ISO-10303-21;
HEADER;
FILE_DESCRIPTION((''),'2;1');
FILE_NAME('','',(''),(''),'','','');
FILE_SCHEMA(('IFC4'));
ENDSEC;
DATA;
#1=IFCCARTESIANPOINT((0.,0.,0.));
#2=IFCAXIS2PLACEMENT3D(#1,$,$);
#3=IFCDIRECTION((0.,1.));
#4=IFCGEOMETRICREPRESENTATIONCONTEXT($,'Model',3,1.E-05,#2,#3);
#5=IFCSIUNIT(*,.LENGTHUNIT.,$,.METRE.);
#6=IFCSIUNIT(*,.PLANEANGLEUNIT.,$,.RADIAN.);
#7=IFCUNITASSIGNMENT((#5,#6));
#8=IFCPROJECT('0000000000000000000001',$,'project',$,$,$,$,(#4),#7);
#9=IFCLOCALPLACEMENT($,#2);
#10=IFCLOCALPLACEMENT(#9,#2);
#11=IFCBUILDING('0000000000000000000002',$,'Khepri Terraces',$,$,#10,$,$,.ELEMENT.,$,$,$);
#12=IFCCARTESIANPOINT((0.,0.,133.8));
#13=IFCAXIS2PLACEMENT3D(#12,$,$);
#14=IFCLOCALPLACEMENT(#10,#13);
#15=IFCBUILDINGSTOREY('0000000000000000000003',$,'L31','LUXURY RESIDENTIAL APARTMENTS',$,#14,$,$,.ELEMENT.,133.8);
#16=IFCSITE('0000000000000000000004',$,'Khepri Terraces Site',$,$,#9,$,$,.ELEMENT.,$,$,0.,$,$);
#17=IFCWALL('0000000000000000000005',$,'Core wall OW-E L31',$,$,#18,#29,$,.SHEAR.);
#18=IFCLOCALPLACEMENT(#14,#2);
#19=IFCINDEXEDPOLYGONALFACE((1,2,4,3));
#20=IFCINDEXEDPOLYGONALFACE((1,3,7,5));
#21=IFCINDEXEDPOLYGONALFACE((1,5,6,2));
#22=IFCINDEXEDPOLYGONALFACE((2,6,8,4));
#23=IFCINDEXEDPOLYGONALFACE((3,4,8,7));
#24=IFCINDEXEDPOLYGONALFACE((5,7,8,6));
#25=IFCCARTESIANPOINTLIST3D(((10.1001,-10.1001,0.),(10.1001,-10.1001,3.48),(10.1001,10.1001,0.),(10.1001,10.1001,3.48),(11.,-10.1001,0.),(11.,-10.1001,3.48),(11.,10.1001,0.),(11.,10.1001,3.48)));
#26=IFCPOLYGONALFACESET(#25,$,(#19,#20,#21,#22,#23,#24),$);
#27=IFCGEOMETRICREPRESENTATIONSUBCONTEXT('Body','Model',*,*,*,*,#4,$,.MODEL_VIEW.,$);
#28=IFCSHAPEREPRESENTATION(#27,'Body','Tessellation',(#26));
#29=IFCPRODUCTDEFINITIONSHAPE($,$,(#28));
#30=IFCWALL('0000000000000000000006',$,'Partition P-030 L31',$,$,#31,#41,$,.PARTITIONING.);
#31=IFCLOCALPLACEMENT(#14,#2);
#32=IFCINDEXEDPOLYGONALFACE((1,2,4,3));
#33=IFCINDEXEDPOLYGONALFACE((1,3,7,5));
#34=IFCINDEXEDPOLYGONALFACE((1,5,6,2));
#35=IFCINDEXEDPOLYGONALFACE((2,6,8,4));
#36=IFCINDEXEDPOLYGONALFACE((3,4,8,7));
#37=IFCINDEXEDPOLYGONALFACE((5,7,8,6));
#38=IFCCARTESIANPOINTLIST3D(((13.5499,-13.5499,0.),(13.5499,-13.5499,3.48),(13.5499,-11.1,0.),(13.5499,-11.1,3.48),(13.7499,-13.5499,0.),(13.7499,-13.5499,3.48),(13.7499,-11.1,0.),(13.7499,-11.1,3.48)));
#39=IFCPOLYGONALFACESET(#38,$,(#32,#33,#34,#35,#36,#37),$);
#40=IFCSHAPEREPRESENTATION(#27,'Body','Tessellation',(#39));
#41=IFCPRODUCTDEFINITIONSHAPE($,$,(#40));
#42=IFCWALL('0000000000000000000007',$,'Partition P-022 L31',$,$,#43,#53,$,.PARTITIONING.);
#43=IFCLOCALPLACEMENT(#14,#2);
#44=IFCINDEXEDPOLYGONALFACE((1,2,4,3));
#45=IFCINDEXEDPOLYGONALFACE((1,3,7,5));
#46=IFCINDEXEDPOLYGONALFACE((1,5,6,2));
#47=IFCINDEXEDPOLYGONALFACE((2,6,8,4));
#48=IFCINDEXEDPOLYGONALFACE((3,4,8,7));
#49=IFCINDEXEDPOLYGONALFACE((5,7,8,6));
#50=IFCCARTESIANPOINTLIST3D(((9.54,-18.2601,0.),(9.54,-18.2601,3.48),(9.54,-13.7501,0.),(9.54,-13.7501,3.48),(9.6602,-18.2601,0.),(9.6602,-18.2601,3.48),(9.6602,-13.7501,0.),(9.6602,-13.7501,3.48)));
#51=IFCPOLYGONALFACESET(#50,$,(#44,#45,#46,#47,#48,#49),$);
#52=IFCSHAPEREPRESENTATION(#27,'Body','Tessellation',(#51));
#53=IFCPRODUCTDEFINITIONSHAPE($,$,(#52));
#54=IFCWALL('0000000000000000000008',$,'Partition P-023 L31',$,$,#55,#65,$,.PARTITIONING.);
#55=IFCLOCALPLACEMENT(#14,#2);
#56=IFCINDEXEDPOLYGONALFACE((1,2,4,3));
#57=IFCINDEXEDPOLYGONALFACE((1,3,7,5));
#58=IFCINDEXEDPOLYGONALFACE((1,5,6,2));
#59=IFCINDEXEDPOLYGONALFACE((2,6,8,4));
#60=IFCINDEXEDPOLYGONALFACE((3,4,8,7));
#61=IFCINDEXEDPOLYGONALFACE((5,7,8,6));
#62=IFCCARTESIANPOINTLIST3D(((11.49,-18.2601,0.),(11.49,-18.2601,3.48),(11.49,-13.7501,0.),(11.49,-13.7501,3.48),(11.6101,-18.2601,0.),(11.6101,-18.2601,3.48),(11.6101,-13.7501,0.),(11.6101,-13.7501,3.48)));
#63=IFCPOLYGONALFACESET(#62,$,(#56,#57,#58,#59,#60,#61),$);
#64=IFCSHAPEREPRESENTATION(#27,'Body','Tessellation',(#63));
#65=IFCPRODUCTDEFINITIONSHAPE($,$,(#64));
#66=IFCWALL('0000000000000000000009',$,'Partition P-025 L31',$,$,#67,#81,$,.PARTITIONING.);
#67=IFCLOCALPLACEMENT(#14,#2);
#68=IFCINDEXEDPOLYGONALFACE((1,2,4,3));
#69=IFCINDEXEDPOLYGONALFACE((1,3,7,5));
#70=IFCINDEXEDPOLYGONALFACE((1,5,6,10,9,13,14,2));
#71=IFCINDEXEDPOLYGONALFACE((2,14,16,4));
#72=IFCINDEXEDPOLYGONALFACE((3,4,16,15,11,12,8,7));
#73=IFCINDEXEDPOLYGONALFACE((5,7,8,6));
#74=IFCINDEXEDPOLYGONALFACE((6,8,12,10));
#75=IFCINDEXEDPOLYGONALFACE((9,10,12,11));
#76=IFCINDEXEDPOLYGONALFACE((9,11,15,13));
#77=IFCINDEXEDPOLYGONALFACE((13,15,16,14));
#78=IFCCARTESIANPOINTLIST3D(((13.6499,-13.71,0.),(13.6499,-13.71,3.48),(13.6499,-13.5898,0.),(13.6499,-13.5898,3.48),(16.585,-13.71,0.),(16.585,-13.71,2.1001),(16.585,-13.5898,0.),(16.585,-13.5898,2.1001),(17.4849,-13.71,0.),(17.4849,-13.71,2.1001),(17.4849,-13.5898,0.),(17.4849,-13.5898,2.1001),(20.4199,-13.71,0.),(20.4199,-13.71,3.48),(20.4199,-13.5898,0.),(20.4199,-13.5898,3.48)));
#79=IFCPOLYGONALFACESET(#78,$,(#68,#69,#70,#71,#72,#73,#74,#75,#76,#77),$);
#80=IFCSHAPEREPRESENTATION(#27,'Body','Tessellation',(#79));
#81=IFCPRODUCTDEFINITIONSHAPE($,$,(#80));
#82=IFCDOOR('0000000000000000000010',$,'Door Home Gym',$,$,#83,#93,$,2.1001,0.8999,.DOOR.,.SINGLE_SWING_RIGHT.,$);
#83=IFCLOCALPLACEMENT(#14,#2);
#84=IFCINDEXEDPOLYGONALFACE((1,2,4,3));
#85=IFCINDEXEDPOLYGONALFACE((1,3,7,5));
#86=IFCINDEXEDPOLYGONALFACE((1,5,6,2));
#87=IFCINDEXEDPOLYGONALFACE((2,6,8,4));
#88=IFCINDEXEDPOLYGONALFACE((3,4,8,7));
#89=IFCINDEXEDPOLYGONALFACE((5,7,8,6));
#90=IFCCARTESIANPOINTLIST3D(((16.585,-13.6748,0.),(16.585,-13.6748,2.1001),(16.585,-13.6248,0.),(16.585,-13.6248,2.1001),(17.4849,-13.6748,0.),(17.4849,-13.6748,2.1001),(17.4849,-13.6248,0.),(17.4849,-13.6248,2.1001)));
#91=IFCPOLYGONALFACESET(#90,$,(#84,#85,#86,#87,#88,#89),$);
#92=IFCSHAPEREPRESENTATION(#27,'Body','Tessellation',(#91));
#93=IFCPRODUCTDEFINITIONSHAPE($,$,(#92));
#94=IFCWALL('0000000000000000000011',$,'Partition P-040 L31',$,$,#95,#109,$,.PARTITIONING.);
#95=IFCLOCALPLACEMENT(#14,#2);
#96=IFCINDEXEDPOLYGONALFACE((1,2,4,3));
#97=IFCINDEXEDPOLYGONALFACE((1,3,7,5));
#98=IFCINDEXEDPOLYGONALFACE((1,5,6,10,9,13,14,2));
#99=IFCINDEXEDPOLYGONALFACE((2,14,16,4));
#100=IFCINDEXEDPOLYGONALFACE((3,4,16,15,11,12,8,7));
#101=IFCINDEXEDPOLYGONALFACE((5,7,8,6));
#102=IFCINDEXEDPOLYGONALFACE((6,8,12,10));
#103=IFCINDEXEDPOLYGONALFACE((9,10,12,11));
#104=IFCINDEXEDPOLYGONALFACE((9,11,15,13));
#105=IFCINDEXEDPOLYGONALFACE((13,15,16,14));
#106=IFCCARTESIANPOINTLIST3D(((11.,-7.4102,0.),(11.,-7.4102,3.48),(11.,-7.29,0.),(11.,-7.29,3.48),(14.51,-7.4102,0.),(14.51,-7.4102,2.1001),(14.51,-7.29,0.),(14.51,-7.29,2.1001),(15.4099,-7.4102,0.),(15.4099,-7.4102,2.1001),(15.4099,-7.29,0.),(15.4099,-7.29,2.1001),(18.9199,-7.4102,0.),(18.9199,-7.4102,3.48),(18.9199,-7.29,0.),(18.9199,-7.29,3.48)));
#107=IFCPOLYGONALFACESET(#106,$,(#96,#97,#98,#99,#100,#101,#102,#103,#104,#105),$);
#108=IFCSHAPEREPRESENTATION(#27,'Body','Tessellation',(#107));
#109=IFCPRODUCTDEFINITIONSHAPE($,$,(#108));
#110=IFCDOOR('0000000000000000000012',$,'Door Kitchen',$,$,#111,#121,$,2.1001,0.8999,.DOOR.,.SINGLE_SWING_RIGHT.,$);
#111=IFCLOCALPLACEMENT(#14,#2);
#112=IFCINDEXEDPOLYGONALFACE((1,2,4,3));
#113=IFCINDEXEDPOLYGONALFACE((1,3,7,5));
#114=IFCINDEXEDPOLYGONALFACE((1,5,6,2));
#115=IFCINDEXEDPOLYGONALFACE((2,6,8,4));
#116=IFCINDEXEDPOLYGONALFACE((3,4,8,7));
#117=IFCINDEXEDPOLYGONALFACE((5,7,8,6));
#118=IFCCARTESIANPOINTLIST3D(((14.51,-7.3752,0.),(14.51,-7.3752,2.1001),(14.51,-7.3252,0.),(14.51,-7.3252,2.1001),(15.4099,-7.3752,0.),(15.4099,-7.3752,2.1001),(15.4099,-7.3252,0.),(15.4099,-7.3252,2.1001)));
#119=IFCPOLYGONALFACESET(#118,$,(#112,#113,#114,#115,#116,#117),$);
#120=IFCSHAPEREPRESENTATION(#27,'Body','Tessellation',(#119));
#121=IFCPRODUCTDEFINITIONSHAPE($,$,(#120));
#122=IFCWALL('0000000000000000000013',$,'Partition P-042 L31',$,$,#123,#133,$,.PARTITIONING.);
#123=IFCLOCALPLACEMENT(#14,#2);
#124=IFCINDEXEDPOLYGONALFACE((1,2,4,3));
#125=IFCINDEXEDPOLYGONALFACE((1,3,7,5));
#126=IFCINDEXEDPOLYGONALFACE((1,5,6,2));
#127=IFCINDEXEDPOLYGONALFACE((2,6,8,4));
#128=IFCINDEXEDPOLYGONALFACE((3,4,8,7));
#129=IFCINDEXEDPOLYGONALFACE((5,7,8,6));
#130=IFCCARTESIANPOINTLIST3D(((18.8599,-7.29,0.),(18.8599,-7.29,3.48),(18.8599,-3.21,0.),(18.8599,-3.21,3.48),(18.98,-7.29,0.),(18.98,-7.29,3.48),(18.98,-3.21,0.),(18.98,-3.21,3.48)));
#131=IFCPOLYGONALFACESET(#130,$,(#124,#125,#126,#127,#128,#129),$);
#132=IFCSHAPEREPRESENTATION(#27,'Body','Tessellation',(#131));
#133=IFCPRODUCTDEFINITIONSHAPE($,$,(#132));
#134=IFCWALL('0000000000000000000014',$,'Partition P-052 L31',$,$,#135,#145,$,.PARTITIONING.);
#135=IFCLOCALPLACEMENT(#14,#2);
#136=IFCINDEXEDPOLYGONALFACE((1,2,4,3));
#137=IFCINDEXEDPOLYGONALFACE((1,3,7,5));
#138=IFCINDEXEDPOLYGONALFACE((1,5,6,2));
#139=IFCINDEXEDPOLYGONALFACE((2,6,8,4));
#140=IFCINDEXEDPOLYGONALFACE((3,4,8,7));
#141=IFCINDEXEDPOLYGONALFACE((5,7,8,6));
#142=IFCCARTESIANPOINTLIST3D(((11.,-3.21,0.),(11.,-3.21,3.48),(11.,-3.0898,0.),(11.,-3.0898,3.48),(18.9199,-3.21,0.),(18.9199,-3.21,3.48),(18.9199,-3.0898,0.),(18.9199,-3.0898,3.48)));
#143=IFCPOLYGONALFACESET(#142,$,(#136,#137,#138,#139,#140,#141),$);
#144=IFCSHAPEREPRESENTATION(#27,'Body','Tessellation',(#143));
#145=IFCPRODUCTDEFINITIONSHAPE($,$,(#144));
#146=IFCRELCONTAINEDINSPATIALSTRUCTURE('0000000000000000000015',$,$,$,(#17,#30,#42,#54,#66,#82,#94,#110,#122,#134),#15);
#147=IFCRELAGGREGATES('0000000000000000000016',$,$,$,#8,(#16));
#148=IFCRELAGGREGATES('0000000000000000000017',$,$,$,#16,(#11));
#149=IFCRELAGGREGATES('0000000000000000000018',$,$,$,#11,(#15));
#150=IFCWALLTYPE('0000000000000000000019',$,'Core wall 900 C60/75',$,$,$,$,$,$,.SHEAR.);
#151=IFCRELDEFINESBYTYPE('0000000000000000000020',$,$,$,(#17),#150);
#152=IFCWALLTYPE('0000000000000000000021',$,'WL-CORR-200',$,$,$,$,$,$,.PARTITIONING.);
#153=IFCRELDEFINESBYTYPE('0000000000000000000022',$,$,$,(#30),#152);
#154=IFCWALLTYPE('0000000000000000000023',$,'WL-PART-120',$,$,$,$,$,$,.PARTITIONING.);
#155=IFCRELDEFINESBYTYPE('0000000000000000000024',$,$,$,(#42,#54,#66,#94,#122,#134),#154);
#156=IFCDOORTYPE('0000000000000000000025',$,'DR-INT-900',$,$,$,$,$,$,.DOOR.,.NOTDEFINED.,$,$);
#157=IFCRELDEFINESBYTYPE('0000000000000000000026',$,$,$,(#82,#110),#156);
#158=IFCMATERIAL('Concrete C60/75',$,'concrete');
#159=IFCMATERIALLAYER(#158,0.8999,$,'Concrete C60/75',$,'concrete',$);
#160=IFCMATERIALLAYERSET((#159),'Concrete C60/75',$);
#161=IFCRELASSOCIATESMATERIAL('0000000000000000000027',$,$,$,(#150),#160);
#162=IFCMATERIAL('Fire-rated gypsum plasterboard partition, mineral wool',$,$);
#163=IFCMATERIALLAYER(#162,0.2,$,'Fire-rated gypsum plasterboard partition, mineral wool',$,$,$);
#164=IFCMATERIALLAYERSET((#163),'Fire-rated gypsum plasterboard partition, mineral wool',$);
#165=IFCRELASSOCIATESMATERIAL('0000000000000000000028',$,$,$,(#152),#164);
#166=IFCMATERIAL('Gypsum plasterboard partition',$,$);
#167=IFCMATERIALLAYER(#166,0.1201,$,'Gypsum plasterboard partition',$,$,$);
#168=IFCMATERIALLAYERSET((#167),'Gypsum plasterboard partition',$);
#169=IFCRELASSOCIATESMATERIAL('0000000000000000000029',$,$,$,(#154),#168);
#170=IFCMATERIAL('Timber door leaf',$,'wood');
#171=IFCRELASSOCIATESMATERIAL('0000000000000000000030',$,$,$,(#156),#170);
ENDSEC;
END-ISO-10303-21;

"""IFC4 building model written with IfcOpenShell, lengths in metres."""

from ifc_helpers import new_model, si_unit, direction, frame, frame_2d, origin, place, context, subcontext, project, spatial, rectangle, extrude, material, layer, layer_set, type_object, element, fill, save


model = new_model("IFC4")

# Units and contexts
model_context = context("Model", 3, precision=1e-05, world=origin(), true_north=direction((0.0, 1.0)))
body_context = subcontext(model_context, "Body", "Model", "MODEL_VIEW")
ifc_project = project(units=[si_unit("LENGTHUNIT", "METRE"), si_unit("PLANEANGLEUNIT", "RADIAN")], contexts=[model_context])

# Site, building, storey
site_placement = place(None, origin())
site = spatial("IfcSite", under=ifc_project, at=site_placement, Name="Khepri Terraces Site", CompositionType="ELEMENT", RefElevation=0.0)
building_placement = place(site_placement, origin())
building = spatial("IfcBuilding", under=site, at=building_placement, Name="Khepri Terraces", CompositionType="ELEMENT")
storey_placement = place(building_placement, frame((0.0, 0.0, 133.8)))
storey = spatial("IfcBuildingStorey", under=building, at=storey_placement, Name="L31", Description="LUXURY RESIDENTIAL APARTMENTS", CompositionType="ELEMENT", Elevation=133.8)

# Walls
ifc_material_1 = material(Name="Concrete C60/75", Category="concrete")
ifc_layer_1 = layer(ifc_material_1, 0.8999, Name="Concrete C60/75", Category="concrete")
ifc_layer_set_1 = layer_set([ifc_layer_1], Name="Concrete C60/75")
wall_type_1 = type_object("IfcWallType", Name="Core wall 900 C60/75", PredefinedType="SHEAR", material=ifc_layer_set_1)
wall_1_placement = place(storey_placement, frame((10.55, -10.1001, 0.0), z_axis=(0.0, 0.0, 1.0), x_axis=(0.0, 1.0, 0.0)))
element("IfcWall", 1, at=wall_1_placement, inside=storey, type_object=wall_type_1, Name="Core wall OW-E L31", PredefinedType="SHEAR", context=body_context, shape_type="SweptSolid", body=[
    extrude(rectangle(XDim=20.2002, YDim=0.8999, at=frame_2d((10.1001, 0.0))), origin(), (0.0, 0.0, 1.0), 3.48),
])
ifc_material_2 = material(Name="Fire-rated gypsum plasterboard partition, mineral wool")
ifc_layer_2 = layer(ifc_material_2, 0.2, Name="Fire-rated gypsum plasterboard partition, mineral wool")
ifc_layer_set_2 = layer_set([ifc_layer_2], Name="Fire-rated gypsum plasterboard partition, mineral wool")
wall_type_2 = type_object("IfcWallType", Name="WL-CORR-200", PredefinedType="PARTITIONING", material=ifc_layer_set_2)
wall_2_placement = place(storey_placement, frame((13.6499, -13.55, 0.0), z_axis=(0.0, 0.0, 1.0), x_axis=(0.0, 1.0, 0.0)))
element("IfcWall", 2, at=wall_2_placement, inside=storey, type_object=wall_type_2, Name="Partition P-030 L31", PredefinedType="PARTITIONING", context=body_context, shape_type="SweptSolid", body=[
    extrude(rectangle(XDim=2.45, YDim=0.2, at=frame_2d((1.2251, 0.0))), origin(), (0.0, 0.0, 1.0), 3.48),
])

# Walls
ifc_material_3 = material(Name="Gypsum plasterboard partition")
ifc_layer_3 = layer(ifc_material_3, 0.1201, Name="Gypsum plasterboard partition")
ifc_layer_set_3 = layer_set([ifc_layer_3], Name="Gypsum plasterboard partition")
wall_type_3 = type_object("IfcWallType", Name="WL-PART-120", PredefinedType="PARTITIONING", material=ifc_layer_set_3)
for number, where, z_axis, x_axis, name in (
    (3, (9.6001, -18.26, 0.0), (0.0, 0.0, 1.0), (0.0, 1.0, 0.0), "Partition P-022 L31"),
    (4, (11.55, -18.26, 0.0), (0.0, 0.0, 1.0), (0.0, 1.0, 0.0), "Partition P-023 L31"),
):
    element("IfcWall", number, at=place(storey_placement, frame(where, z_axis=z_axis, x_axis=x_axis)), inside=storey, type_object=wall_type_3, Name=name, PredefinedType="PARTITIONING", context=body_context, shape_type="SweptSolid", body=[
        extrude(rectangle(XDim=4.51, YDim=0.1201, at=frame_2d((2.2549, 0.0))), origin(), (0.0, 0.0, 1.0), 3.48),
    ])

# Walls, openings, doors
wall_3_placement = place(storey_placement, frame((13.6499, -13.6499, 0.0), z_axis=(0.0, 0.0, 1.0), x_axis=(1.0, 0.0, 0.0)))
wall_3 = element("IfcWall", 5, at=wall_3_placement, inside=storey, type_object=wall_type_3, Name="Partition P-025 L31", PredefinedType="PARTITIONING", context=body_context, shape_type="SweptSolid", body=[
    extrude(rectangle(XDim=6.77, YDim=0.1201, at=frame_2d((3.385, 0.0))), origin(), (0.0, 0.0, 1.0), 3.48),
])
opening_1_placement = place(wall_3_placement, frame((2.9351, 0.0, 0.0)))
opening_1 = element("IfcOpeningElement", 6, at=opening_1_placement, cuts=wall_3, PredefinedType="OPENING", context=body_context, shape_type="SweptSolid", body=[
    extrude(rectangle(XDim=0.8999, YDim=2.1001, at=frame_2d((0.45, 1.05))), frame((0.0, 0.0701, 0.0), z_axis=(0.0, -1.0, 0.0), x_axis=(1.0, 0.0, 0.0)), (0.0, 0.0, 1.0), 0.1401),
])
ifc_material_4 = material(Name="Timber door leaf", Category="wood")
door_type_1 = type_object("IfcDoorType", Name="DR-INT-900", OperationType="NOTDEFINED", PredefinedType="DOOR", material=ifc_material_4)
door_1_placement = place(opening_1_placement, frame((0.8999, 0.0, 0.0), z_axis=(0.0, 0.0, 1.0), x_axis=(-1.0, 0.0, 0.0)))
door_1 = element("IfcDoor", 7, at=door_1_placement, inside=storey, type_object=door_type_1, Name="Door Home Gym", OperationType="SINGLE_SWING_RIGHT", OverallHeight=2.1001, OverallWidth=0.8999, PredefinedType="DOOR", context=body_context, shape_type="SweptSolid", body=[
    extrude(rectangle(XDim=0.8999, YDim=2.1001, at=frame_2d((0.45, 1.05))), frame((0.0, 0.0249, 0.0), z_axis=(0.0, -1.0, 0.0), x_axis=(1.0, 0.0, 0.0)), (0.0, 0.0, 1.0), 0.05),
])
fill(opening_1, door_1)
wall_4_placement = place(storey_placement, frame((11.0, -7.3501, 0.0), z_axis=(0.0, 0.0, 1.0), x_axis=(1.0, 0.0, 0.0)))
wall_4 = element("IfcWall", 8, at=wall_4_placement, inside=storey, type_object=wall_type_3, Name="Partition P-040 L31", PredefinedType="PARTITIONING", context=body_context, shape_type="SweptSolid", body=[
    extrude(rectangle(XDim=7.9199, YDim=0.1201, at=frame_2d((3.96, 0.0))), origin(), (0.0, 0.0, 1.0), 3.48),
])
opening_2_placement = place(wall_4_placement, frame((3.51, 0.0, 0.0)))
opening_2 = element("IfcOpeningElement", 9, at=opening_2_placement, cuts=wall_4, PredefinedType="OPENING", context=body_context, shape_type="SweptSolid", body=[
    extrude(rectangle(XDim=0.8999, YDim=2.1001, at=frame_2d((0.45, 1.05))), frame((0.0, 0.0701, 0.0), z_axis=(0.0, -1.0, 0.0), x_axis=(1.0, 0.0, 0.0)), (0.0, 0.0, 1.0), 0.1401),
])
door_2_placement = place(opening_2_placement, origin())
door_2 = element("IfcDoor", 10, at=door_2_placement, inside=storey, type_object=door_type_1, Name="Door Kitchen", OperationType="SINGLE_SWING_RIGHT", OverallHeight=2.1001, OverallWidth=0.8999, PredefinedType="DOOR", context=body_context, shape_type="SweptSolid", body=[
    extrude(rectangle(XDim=0.8999, YDim=2.1001, at=frame_2d((0.45, 1.05))), frame((0.0, 0.0249, 0.0), z_axis=(0.0, -1.0, 0.0), x_axis=(1.0, 0.0, 0.0)), (0.0, 0.0, 1.0), 0.05),
])
fill(opening_2, door_2)

# Walls
wall_5_placement = place(storey_placement, frame((18.9199, -7.29, 0.0), z_axis=(0.0, 0.0, 1.0), x_axis=(0.0, 1.0, 0.0)))
element("IfcWall", 11, at=wall_5_placement, inside=storey, type_object=wall_type_3, Name="Partition P-042 L31", PredefinedType="PARTITIONING", context=body_context, shape_type="SweptSolid", body=[
    extrude(rectangle(XDim=4.0801, YDim=0.1201, at=frame_2d((2.04, 0.0))), origin(), (0.0, 0.0, 1.0), 3.48),
])
wall_6_placement = place(storey_placement, frame((11.0, -3.1499, 0.0), z_axis=(0.0, 0.0, 1.0), x_axis=(1.0, 0.0, 0.0)))
element("IfcWall", 12, at=wall_6_placement, inside=storey, type_object=wall_type_3, Name="Partition P-052 L31", PredefinedType="PARTITIONING", context=body_context, shape_type="SweptSolid", body=[
    extrude(rectangle(XDim=7.9199, YDim=0.1201, at=frame_2d((3.96, 0.0))), origin(), (0.0, 0.0, 1.0), 3.48),
])

save(model, "model.ifc")
